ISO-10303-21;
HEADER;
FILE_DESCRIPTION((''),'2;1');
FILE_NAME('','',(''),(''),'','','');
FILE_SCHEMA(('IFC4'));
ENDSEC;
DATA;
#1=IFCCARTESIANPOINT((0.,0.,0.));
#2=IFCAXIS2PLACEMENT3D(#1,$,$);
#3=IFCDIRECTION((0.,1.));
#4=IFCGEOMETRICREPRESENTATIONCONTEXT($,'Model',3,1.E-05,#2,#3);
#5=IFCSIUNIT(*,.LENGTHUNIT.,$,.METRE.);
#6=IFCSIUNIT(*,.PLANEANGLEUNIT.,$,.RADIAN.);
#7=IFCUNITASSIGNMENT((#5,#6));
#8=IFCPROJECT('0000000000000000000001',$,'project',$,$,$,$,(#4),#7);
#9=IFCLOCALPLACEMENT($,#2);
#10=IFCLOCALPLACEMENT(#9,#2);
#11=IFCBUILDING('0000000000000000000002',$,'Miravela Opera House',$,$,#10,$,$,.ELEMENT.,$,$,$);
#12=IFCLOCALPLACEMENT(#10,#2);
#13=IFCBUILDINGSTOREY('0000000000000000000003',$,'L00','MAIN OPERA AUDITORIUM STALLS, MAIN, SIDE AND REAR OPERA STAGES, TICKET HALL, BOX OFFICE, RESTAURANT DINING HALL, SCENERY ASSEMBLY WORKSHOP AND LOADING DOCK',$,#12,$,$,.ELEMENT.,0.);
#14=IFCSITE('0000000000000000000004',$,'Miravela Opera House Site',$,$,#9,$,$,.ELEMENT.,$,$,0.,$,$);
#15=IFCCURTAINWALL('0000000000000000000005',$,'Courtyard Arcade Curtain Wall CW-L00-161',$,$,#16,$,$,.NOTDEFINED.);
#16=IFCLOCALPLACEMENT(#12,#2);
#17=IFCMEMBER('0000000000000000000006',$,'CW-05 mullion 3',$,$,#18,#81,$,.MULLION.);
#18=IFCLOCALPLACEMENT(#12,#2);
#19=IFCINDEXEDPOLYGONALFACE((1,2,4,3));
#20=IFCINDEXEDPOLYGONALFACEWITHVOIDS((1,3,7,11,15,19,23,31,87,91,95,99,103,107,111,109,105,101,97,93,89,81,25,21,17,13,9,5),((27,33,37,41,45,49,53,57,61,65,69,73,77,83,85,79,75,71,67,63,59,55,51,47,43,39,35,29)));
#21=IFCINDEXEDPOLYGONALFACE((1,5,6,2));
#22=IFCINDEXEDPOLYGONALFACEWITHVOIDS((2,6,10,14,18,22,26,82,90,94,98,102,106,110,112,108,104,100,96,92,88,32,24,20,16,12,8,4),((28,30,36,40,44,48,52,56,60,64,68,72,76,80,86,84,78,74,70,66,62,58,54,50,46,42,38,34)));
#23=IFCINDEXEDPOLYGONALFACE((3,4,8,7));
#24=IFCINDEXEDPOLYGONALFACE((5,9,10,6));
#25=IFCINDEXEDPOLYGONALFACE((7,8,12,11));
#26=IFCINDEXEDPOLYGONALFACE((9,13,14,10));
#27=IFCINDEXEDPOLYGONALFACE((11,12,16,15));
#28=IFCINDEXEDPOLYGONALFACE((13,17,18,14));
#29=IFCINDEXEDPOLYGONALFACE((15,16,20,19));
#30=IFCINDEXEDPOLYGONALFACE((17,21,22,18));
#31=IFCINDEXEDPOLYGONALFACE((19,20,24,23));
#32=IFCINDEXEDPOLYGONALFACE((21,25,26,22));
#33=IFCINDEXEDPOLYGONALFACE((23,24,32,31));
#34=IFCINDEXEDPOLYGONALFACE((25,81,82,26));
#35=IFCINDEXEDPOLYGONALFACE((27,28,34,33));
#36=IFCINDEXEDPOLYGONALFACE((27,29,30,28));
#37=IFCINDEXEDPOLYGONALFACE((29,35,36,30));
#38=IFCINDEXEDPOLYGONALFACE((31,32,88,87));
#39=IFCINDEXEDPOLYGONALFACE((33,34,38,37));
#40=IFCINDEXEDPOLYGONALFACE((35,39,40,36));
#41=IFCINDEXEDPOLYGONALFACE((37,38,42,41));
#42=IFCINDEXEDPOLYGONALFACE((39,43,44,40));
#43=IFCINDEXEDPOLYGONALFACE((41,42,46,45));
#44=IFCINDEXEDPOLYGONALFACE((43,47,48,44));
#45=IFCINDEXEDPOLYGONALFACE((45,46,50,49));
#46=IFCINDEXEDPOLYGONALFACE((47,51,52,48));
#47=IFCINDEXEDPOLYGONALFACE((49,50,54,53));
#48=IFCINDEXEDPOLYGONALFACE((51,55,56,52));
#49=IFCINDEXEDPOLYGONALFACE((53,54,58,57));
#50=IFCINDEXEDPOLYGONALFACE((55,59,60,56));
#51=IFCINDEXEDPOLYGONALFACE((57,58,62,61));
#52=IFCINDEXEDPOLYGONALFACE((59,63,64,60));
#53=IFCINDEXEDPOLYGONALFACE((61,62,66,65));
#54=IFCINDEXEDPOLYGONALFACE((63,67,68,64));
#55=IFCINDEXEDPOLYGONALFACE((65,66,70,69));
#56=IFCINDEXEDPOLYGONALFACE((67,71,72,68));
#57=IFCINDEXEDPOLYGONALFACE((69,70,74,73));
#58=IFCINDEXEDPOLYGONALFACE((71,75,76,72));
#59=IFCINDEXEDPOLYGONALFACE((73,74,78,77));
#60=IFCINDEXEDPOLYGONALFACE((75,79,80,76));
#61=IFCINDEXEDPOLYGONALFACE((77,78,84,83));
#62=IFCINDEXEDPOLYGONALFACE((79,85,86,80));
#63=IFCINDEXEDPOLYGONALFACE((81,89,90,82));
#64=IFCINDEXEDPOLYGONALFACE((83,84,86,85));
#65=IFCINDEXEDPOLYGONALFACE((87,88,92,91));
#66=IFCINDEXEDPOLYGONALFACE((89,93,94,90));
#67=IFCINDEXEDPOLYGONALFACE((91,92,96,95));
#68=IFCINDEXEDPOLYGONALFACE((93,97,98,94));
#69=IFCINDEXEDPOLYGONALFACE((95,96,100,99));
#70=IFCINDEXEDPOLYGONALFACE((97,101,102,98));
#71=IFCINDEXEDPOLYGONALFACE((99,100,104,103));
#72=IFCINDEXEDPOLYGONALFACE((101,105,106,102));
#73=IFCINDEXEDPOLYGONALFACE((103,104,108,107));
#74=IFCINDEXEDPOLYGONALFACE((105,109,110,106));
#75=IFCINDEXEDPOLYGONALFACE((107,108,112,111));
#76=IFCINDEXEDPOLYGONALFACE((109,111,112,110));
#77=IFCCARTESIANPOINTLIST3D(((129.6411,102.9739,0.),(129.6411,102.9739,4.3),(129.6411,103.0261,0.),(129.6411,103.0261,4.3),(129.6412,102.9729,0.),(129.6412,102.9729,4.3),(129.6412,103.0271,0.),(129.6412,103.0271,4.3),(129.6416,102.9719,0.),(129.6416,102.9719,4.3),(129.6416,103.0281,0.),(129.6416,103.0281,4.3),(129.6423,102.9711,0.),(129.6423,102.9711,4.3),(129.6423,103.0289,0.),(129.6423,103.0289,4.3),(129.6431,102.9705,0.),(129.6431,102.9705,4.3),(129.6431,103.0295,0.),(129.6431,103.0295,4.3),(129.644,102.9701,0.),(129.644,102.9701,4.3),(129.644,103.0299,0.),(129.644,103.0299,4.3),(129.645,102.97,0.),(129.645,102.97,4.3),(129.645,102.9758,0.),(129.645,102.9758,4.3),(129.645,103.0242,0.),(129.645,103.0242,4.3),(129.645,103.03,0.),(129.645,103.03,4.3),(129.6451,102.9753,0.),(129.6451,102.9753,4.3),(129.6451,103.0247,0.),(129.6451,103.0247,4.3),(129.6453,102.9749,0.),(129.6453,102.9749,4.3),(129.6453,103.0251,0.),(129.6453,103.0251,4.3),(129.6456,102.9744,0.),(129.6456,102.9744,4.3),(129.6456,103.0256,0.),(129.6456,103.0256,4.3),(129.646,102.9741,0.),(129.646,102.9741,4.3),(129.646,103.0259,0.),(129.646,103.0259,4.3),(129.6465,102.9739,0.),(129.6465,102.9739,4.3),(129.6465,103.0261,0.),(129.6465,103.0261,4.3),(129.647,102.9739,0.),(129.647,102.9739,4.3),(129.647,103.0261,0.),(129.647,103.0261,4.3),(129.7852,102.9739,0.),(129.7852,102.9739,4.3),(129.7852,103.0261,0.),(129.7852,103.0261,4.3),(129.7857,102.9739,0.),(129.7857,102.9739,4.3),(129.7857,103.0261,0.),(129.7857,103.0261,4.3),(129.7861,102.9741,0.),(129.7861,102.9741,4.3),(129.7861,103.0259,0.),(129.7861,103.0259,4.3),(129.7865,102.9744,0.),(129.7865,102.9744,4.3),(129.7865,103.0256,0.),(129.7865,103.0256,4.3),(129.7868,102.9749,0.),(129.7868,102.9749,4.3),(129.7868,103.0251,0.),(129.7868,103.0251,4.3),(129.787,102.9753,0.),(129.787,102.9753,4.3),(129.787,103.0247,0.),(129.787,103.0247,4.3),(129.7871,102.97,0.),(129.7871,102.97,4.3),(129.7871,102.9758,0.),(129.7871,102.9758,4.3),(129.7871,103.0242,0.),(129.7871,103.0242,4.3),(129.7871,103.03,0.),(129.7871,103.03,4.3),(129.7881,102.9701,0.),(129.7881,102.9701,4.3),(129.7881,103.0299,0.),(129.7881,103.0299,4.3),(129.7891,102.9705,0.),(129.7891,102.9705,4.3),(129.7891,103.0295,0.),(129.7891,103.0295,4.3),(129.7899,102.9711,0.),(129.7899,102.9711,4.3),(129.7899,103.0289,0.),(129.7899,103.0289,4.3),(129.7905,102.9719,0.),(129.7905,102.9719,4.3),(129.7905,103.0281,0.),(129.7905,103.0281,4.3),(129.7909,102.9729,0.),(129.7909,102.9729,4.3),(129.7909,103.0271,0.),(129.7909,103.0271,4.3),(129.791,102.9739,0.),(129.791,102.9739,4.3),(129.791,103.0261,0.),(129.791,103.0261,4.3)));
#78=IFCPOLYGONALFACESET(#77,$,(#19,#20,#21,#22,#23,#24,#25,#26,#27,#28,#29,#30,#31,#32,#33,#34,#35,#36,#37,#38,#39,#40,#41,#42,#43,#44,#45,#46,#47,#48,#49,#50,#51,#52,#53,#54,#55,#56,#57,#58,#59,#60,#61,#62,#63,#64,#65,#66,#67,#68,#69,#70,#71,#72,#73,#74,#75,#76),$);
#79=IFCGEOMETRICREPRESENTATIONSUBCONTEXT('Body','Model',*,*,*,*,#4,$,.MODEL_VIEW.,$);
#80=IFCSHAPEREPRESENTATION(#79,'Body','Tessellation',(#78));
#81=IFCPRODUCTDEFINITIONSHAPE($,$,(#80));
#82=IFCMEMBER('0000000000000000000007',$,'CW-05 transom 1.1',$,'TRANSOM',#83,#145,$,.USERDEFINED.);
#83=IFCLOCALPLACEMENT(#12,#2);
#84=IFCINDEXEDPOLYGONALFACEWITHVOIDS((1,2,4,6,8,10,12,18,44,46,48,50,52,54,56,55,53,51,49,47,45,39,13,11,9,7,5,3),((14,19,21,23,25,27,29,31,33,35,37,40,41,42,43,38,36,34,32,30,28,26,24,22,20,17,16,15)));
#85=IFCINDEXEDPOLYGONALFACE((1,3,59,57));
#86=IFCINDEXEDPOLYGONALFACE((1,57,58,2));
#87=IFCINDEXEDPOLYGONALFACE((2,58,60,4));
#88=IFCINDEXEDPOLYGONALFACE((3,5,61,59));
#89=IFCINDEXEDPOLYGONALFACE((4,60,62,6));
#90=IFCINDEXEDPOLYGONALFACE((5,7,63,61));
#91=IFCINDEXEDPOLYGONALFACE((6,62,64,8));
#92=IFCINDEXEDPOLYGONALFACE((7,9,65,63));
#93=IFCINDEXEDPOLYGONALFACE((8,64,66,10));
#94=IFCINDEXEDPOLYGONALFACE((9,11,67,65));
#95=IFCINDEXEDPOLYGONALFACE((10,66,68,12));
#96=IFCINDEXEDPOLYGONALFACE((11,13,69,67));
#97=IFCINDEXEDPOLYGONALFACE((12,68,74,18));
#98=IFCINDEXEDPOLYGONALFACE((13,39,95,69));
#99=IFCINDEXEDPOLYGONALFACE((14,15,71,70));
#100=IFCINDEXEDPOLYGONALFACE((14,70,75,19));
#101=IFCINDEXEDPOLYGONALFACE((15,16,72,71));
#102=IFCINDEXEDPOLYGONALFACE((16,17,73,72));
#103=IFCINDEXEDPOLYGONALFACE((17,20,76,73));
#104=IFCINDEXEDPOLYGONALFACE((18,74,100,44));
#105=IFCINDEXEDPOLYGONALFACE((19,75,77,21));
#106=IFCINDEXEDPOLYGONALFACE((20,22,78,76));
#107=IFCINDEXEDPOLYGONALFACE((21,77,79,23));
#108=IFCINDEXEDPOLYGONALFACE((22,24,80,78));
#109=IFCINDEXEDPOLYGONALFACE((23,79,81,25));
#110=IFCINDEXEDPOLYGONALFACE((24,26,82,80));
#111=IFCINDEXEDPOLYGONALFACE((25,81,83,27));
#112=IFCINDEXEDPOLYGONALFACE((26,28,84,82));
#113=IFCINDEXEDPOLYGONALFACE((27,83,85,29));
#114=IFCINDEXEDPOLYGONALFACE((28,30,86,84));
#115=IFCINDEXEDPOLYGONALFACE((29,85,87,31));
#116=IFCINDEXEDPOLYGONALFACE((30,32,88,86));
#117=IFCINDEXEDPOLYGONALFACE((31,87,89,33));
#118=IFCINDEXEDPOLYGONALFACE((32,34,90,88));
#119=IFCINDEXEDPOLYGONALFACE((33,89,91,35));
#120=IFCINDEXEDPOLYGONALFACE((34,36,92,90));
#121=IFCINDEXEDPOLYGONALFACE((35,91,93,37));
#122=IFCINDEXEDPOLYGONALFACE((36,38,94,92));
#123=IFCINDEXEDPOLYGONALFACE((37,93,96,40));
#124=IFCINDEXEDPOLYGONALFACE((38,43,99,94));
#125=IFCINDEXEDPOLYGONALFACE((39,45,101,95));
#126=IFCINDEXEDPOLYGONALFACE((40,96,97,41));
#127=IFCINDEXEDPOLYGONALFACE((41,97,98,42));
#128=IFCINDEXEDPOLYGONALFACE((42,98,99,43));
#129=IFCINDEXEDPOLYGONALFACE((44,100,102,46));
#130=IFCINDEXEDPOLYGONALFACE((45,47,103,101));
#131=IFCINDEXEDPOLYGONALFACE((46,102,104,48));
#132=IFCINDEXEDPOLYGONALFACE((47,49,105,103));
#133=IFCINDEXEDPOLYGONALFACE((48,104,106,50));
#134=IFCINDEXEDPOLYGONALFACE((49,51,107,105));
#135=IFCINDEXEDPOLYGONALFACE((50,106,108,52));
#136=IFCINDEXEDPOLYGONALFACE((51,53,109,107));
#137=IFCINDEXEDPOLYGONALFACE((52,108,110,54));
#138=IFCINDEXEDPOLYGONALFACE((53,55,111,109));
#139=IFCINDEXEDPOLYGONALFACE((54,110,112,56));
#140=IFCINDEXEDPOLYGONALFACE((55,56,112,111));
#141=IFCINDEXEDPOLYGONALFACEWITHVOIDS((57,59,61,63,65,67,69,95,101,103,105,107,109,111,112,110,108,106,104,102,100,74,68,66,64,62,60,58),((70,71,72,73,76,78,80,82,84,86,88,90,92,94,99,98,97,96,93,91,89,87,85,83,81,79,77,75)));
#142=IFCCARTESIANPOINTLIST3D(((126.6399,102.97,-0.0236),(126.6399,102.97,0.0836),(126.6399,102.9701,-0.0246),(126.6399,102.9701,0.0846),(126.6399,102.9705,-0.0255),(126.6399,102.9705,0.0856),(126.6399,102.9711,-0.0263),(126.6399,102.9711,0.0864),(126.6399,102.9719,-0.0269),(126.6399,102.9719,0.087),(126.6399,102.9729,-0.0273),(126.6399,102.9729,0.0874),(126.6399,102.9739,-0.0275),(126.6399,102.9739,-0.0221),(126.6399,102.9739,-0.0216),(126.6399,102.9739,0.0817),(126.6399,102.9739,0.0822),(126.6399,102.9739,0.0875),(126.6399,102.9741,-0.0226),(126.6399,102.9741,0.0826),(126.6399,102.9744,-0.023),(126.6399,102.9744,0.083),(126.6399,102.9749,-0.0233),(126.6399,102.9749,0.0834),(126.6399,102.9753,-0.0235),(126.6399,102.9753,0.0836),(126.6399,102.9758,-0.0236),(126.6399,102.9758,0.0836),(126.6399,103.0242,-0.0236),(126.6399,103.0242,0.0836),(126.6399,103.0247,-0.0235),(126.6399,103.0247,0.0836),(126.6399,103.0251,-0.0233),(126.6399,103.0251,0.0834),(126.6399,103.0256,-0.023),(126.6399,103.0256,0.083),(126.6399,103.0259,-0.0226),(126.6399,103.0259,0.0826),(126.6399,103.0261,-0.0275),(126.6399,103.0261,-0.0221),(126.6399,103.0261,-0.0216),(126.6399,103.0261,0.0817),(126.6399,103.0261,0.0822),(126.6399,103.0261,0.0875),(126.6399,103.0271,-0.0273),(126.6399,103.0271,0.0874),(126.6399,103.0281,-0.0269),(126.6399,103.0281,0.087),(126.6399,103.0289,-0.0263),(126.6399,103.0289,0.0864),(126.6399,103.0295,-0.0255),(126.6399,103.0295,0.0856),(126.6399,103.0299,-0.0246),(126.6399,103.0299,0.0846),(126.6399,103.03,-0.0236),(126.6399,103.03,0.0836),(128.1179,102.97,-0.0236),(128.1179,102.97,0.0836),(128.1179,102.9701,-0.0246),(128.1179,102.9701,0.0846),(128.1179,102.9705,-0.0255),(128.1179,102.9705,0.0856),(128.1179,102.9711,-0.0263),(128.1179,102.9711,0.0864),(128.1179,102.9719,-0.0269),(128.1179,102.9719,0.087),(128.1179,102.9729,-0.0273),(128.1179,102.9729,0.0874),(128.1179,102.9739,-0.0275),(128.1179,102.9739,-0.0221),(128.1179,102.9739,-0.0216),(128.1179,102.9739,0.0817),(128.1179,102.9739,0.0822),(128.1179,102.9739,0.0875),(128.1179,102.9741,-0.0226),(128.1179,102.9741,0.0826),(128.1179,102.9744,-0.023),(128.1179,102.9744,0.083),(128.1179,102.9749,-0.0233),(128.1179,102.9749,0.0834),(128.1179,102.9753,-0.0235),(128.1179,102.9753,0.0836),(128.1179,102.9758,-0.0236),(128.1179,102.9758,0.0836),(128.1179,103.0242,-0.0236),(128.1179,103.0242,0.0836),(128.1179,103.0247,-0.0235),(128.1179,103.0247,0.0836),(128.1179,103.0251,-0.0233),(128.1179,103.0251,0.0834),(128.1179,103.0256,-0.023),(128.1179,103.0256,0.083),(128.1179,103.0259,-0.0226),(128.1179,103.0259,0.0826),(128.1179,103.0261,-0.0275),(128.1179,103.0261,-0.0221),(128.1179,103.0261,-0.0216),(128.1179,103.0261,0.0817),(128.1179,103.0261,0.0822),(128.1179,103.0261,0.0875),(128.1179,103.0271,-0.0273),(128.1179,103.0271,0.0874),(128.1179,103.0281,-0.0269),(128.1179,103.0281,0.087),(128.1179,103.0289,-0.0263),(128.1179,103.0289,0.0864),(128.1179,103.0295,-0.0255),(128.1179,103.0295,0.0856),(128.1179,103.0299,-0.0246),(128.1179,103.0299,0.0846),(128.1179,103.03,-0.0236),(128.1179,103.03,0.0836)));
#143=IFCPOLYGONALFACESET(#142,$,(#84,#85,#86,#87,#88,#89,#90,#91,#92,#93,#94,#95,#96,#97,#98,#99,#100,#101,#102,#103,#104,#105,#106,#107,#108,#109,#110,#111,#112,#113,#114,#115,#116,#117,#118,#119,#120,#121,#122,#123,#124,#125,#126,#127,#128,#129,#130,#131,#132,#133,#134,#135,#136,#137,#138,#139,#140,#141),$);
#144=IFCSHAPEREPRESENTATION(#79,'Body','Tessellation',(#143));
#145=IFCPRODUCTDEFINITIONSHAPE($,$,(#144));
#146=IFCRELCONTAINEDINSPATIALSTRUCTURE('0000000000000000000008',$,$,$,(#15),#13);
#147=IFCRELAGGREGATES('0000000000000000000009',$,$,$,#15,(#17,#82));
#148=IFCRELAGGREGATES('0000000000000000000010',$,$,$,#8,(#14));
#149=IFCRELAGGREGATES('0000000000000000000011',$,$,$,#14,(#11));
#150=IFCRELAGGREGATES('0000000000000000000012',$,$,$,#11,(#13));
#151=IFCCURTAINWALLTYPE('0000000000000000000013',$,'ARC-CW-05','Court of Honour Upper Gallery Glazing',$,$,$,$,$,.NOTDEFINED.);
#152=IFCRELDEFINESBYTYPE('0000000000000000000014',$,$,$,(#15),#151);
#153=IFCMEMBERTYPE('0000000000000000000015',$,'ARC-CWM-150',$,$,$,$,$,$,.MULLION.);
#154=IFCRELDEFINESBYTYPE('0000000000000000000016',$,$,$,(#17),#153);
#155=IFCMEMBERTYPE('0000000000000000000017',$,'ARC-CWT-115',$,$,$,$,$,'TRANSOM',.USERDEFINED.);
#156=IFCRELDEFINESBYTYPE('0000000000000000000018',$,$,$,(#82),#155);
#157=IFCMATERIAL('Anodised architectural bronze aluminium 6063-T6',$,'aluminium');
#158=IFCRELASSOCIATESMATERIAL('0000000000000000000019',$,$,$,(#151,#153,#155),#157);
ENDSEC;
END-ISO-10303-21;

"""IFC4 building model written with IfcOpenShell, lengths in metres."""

from ifc_helpers import new_model, si_unit, direction, frame, origin, origin_2d, place, context, subcontext, project, spatial, hollow_rectangle, extrude, material, material_profile, profile_set, type_object, element, aggregate, save


model = new_model("IFC4")

# Units and contexts
model_context = context("Model", 3, precision=1e-05, world=origin(), true_north=direction((0.0, 1.0)))
body_context = subcontext(model_context, "Body", "Model", "MODEL_VIEW")
ifc_project = project(units=[si_unit("LENGTHUNIT", "METRE"), si_unit("PLANEANGLEUNIT", "RADIAN")], contexts=[model_context])

# Site, building, storey
site_placement = place(None, origin())
site = spatial("IfcSite", under=ifc_project, at=site_placement, Name="Miravela Opera House Site", CompositionType="ELEMENT", RefElevation=0.0)
building_placement = place(site_placement, origin())
building = spatial("IfcBuilding", under=site, at=building_placement, Name="Miravela Opera House", CompositionType="ELEMENT")
storey_placement = place(building_placement, origin())
storey = spatial("IfcBuildingStorey", under=building, at=storey_placement, Name="L00", Description="MAIN OPERA AUDITORIUM STALLS, MAIN, SIDE AND REAR OPERA STAGES, TICKET HALL, BOX OFFICE, RESTAURANT DINING HALL, SCENERY ASSEMBLY WORKSHOP AND LOADING DOCK", CompositionType="ELEMENT", Elevation=0.0)

# Curtain wall, members
ifc_material_1 = material(Name="Anodised architectural bronze aluminium 6063-T6", Category="aluminium")
curtain_wall_type = type_object("IfcCurtainWallType", Name="ARC-CW-05", Description="Court of Honour Upper Gallery Glazing", PredefinedType="NOTDEFINED", material=ifc_material_1)
curtain_wall_placement = place(storey_placement, origin())
curtain_wall = element("IfcCurtainWall", 1, at=curtain_wall_placement, inside=storey, type_object=curtain_wall_type, Name="Courtyard Arcade Curtain Wall CW-L00-161", PredefinedType="NOTDEFINED")
ifc_material_profile_1 = material_profile(ifc_material_1, hollow_rectangle(XDim=0.0601, YDim=0.1499, WallThickness=0.0039, InnerFilletRadius=0.002, OuterFilletRadius=0.0039, at=origin_2d()), Name="CWM-60X150")
ifc_profile_set_1 = profile_set([ifc_material_profile_1])
member_type_1 = type_object("IfcMemberType", Name="ARC-CWM-150", PredefinedType="MULLION", material=ifc_profile_set_1)
member_1_placement = place(storey_placement, frame((129.7161, 103.0, 0.0), z_axis=(0.0, 0.0, 1.0), x_axis=(0.0, 1.0, 0.0)))
member_1 = element("IfcMember", 2, at=member_1_placement, type_object=member_type_1, Name="CW-05 mullion 3", PredefinedType="MULLION", context=body_context, shape_type="SweptSolid", body=[
    extrude(hollow_rectangle(XDim=0.0601, YDim=0.1499, WallThickness=0.0039, InnerFilletRadius=0.002, OuterFilletRadius=0.0039, at=origin_2d()), origin(), (0.0, 0.0, 1.0), 4.3),
])
ifc_material_profile_2 = material_profile(ifc_material_1, hollow_rectangle(XDim=0.0601, YDim=0.115, WallThickness=0.0039, InnerFilletRadius=0.002, OuterFilletRadius=0.0039, at=origin_2d()), Name="CWT-60X115")
ifc_profile_set_2 = profile_set([ifc_material_profile_2])
member_type_2 = type_object("IfcMemberType", Name="ARC-CWT-115", ElementType="TRANSOM", PredefinedType="USERDEFINED", material=ifc_profile_set_2)
member_2_placement = place(storey_placement, frame((126.6399, 103.0, 0.03), z_axis=(1.0, 0.0, 0.0), x_axis=(0.0, 1.0, 0.0)))
member_2 = element("IfcMember", 3, at=member_2_placement, type_object=member_type_2, Name="CW-05 transom 1.1", ObjectType="TRANSOM", PredefinedType="USERDEFINED", context=body_context, shape_type="SweptSolid", body=[
    extrude(hollow_rectangle(XDim=0.0601, YDim=0.115, WallThickness=0.0039, InnerFilletRadius=0.002, OuterFilletRadius=0.0039, at=origin_2d()), origin(), (0.0, 0.0, 1.0), 1.478),
])

aggregate(curtain_wall, [member_1, member_2])

save(model, "model.ifc")
